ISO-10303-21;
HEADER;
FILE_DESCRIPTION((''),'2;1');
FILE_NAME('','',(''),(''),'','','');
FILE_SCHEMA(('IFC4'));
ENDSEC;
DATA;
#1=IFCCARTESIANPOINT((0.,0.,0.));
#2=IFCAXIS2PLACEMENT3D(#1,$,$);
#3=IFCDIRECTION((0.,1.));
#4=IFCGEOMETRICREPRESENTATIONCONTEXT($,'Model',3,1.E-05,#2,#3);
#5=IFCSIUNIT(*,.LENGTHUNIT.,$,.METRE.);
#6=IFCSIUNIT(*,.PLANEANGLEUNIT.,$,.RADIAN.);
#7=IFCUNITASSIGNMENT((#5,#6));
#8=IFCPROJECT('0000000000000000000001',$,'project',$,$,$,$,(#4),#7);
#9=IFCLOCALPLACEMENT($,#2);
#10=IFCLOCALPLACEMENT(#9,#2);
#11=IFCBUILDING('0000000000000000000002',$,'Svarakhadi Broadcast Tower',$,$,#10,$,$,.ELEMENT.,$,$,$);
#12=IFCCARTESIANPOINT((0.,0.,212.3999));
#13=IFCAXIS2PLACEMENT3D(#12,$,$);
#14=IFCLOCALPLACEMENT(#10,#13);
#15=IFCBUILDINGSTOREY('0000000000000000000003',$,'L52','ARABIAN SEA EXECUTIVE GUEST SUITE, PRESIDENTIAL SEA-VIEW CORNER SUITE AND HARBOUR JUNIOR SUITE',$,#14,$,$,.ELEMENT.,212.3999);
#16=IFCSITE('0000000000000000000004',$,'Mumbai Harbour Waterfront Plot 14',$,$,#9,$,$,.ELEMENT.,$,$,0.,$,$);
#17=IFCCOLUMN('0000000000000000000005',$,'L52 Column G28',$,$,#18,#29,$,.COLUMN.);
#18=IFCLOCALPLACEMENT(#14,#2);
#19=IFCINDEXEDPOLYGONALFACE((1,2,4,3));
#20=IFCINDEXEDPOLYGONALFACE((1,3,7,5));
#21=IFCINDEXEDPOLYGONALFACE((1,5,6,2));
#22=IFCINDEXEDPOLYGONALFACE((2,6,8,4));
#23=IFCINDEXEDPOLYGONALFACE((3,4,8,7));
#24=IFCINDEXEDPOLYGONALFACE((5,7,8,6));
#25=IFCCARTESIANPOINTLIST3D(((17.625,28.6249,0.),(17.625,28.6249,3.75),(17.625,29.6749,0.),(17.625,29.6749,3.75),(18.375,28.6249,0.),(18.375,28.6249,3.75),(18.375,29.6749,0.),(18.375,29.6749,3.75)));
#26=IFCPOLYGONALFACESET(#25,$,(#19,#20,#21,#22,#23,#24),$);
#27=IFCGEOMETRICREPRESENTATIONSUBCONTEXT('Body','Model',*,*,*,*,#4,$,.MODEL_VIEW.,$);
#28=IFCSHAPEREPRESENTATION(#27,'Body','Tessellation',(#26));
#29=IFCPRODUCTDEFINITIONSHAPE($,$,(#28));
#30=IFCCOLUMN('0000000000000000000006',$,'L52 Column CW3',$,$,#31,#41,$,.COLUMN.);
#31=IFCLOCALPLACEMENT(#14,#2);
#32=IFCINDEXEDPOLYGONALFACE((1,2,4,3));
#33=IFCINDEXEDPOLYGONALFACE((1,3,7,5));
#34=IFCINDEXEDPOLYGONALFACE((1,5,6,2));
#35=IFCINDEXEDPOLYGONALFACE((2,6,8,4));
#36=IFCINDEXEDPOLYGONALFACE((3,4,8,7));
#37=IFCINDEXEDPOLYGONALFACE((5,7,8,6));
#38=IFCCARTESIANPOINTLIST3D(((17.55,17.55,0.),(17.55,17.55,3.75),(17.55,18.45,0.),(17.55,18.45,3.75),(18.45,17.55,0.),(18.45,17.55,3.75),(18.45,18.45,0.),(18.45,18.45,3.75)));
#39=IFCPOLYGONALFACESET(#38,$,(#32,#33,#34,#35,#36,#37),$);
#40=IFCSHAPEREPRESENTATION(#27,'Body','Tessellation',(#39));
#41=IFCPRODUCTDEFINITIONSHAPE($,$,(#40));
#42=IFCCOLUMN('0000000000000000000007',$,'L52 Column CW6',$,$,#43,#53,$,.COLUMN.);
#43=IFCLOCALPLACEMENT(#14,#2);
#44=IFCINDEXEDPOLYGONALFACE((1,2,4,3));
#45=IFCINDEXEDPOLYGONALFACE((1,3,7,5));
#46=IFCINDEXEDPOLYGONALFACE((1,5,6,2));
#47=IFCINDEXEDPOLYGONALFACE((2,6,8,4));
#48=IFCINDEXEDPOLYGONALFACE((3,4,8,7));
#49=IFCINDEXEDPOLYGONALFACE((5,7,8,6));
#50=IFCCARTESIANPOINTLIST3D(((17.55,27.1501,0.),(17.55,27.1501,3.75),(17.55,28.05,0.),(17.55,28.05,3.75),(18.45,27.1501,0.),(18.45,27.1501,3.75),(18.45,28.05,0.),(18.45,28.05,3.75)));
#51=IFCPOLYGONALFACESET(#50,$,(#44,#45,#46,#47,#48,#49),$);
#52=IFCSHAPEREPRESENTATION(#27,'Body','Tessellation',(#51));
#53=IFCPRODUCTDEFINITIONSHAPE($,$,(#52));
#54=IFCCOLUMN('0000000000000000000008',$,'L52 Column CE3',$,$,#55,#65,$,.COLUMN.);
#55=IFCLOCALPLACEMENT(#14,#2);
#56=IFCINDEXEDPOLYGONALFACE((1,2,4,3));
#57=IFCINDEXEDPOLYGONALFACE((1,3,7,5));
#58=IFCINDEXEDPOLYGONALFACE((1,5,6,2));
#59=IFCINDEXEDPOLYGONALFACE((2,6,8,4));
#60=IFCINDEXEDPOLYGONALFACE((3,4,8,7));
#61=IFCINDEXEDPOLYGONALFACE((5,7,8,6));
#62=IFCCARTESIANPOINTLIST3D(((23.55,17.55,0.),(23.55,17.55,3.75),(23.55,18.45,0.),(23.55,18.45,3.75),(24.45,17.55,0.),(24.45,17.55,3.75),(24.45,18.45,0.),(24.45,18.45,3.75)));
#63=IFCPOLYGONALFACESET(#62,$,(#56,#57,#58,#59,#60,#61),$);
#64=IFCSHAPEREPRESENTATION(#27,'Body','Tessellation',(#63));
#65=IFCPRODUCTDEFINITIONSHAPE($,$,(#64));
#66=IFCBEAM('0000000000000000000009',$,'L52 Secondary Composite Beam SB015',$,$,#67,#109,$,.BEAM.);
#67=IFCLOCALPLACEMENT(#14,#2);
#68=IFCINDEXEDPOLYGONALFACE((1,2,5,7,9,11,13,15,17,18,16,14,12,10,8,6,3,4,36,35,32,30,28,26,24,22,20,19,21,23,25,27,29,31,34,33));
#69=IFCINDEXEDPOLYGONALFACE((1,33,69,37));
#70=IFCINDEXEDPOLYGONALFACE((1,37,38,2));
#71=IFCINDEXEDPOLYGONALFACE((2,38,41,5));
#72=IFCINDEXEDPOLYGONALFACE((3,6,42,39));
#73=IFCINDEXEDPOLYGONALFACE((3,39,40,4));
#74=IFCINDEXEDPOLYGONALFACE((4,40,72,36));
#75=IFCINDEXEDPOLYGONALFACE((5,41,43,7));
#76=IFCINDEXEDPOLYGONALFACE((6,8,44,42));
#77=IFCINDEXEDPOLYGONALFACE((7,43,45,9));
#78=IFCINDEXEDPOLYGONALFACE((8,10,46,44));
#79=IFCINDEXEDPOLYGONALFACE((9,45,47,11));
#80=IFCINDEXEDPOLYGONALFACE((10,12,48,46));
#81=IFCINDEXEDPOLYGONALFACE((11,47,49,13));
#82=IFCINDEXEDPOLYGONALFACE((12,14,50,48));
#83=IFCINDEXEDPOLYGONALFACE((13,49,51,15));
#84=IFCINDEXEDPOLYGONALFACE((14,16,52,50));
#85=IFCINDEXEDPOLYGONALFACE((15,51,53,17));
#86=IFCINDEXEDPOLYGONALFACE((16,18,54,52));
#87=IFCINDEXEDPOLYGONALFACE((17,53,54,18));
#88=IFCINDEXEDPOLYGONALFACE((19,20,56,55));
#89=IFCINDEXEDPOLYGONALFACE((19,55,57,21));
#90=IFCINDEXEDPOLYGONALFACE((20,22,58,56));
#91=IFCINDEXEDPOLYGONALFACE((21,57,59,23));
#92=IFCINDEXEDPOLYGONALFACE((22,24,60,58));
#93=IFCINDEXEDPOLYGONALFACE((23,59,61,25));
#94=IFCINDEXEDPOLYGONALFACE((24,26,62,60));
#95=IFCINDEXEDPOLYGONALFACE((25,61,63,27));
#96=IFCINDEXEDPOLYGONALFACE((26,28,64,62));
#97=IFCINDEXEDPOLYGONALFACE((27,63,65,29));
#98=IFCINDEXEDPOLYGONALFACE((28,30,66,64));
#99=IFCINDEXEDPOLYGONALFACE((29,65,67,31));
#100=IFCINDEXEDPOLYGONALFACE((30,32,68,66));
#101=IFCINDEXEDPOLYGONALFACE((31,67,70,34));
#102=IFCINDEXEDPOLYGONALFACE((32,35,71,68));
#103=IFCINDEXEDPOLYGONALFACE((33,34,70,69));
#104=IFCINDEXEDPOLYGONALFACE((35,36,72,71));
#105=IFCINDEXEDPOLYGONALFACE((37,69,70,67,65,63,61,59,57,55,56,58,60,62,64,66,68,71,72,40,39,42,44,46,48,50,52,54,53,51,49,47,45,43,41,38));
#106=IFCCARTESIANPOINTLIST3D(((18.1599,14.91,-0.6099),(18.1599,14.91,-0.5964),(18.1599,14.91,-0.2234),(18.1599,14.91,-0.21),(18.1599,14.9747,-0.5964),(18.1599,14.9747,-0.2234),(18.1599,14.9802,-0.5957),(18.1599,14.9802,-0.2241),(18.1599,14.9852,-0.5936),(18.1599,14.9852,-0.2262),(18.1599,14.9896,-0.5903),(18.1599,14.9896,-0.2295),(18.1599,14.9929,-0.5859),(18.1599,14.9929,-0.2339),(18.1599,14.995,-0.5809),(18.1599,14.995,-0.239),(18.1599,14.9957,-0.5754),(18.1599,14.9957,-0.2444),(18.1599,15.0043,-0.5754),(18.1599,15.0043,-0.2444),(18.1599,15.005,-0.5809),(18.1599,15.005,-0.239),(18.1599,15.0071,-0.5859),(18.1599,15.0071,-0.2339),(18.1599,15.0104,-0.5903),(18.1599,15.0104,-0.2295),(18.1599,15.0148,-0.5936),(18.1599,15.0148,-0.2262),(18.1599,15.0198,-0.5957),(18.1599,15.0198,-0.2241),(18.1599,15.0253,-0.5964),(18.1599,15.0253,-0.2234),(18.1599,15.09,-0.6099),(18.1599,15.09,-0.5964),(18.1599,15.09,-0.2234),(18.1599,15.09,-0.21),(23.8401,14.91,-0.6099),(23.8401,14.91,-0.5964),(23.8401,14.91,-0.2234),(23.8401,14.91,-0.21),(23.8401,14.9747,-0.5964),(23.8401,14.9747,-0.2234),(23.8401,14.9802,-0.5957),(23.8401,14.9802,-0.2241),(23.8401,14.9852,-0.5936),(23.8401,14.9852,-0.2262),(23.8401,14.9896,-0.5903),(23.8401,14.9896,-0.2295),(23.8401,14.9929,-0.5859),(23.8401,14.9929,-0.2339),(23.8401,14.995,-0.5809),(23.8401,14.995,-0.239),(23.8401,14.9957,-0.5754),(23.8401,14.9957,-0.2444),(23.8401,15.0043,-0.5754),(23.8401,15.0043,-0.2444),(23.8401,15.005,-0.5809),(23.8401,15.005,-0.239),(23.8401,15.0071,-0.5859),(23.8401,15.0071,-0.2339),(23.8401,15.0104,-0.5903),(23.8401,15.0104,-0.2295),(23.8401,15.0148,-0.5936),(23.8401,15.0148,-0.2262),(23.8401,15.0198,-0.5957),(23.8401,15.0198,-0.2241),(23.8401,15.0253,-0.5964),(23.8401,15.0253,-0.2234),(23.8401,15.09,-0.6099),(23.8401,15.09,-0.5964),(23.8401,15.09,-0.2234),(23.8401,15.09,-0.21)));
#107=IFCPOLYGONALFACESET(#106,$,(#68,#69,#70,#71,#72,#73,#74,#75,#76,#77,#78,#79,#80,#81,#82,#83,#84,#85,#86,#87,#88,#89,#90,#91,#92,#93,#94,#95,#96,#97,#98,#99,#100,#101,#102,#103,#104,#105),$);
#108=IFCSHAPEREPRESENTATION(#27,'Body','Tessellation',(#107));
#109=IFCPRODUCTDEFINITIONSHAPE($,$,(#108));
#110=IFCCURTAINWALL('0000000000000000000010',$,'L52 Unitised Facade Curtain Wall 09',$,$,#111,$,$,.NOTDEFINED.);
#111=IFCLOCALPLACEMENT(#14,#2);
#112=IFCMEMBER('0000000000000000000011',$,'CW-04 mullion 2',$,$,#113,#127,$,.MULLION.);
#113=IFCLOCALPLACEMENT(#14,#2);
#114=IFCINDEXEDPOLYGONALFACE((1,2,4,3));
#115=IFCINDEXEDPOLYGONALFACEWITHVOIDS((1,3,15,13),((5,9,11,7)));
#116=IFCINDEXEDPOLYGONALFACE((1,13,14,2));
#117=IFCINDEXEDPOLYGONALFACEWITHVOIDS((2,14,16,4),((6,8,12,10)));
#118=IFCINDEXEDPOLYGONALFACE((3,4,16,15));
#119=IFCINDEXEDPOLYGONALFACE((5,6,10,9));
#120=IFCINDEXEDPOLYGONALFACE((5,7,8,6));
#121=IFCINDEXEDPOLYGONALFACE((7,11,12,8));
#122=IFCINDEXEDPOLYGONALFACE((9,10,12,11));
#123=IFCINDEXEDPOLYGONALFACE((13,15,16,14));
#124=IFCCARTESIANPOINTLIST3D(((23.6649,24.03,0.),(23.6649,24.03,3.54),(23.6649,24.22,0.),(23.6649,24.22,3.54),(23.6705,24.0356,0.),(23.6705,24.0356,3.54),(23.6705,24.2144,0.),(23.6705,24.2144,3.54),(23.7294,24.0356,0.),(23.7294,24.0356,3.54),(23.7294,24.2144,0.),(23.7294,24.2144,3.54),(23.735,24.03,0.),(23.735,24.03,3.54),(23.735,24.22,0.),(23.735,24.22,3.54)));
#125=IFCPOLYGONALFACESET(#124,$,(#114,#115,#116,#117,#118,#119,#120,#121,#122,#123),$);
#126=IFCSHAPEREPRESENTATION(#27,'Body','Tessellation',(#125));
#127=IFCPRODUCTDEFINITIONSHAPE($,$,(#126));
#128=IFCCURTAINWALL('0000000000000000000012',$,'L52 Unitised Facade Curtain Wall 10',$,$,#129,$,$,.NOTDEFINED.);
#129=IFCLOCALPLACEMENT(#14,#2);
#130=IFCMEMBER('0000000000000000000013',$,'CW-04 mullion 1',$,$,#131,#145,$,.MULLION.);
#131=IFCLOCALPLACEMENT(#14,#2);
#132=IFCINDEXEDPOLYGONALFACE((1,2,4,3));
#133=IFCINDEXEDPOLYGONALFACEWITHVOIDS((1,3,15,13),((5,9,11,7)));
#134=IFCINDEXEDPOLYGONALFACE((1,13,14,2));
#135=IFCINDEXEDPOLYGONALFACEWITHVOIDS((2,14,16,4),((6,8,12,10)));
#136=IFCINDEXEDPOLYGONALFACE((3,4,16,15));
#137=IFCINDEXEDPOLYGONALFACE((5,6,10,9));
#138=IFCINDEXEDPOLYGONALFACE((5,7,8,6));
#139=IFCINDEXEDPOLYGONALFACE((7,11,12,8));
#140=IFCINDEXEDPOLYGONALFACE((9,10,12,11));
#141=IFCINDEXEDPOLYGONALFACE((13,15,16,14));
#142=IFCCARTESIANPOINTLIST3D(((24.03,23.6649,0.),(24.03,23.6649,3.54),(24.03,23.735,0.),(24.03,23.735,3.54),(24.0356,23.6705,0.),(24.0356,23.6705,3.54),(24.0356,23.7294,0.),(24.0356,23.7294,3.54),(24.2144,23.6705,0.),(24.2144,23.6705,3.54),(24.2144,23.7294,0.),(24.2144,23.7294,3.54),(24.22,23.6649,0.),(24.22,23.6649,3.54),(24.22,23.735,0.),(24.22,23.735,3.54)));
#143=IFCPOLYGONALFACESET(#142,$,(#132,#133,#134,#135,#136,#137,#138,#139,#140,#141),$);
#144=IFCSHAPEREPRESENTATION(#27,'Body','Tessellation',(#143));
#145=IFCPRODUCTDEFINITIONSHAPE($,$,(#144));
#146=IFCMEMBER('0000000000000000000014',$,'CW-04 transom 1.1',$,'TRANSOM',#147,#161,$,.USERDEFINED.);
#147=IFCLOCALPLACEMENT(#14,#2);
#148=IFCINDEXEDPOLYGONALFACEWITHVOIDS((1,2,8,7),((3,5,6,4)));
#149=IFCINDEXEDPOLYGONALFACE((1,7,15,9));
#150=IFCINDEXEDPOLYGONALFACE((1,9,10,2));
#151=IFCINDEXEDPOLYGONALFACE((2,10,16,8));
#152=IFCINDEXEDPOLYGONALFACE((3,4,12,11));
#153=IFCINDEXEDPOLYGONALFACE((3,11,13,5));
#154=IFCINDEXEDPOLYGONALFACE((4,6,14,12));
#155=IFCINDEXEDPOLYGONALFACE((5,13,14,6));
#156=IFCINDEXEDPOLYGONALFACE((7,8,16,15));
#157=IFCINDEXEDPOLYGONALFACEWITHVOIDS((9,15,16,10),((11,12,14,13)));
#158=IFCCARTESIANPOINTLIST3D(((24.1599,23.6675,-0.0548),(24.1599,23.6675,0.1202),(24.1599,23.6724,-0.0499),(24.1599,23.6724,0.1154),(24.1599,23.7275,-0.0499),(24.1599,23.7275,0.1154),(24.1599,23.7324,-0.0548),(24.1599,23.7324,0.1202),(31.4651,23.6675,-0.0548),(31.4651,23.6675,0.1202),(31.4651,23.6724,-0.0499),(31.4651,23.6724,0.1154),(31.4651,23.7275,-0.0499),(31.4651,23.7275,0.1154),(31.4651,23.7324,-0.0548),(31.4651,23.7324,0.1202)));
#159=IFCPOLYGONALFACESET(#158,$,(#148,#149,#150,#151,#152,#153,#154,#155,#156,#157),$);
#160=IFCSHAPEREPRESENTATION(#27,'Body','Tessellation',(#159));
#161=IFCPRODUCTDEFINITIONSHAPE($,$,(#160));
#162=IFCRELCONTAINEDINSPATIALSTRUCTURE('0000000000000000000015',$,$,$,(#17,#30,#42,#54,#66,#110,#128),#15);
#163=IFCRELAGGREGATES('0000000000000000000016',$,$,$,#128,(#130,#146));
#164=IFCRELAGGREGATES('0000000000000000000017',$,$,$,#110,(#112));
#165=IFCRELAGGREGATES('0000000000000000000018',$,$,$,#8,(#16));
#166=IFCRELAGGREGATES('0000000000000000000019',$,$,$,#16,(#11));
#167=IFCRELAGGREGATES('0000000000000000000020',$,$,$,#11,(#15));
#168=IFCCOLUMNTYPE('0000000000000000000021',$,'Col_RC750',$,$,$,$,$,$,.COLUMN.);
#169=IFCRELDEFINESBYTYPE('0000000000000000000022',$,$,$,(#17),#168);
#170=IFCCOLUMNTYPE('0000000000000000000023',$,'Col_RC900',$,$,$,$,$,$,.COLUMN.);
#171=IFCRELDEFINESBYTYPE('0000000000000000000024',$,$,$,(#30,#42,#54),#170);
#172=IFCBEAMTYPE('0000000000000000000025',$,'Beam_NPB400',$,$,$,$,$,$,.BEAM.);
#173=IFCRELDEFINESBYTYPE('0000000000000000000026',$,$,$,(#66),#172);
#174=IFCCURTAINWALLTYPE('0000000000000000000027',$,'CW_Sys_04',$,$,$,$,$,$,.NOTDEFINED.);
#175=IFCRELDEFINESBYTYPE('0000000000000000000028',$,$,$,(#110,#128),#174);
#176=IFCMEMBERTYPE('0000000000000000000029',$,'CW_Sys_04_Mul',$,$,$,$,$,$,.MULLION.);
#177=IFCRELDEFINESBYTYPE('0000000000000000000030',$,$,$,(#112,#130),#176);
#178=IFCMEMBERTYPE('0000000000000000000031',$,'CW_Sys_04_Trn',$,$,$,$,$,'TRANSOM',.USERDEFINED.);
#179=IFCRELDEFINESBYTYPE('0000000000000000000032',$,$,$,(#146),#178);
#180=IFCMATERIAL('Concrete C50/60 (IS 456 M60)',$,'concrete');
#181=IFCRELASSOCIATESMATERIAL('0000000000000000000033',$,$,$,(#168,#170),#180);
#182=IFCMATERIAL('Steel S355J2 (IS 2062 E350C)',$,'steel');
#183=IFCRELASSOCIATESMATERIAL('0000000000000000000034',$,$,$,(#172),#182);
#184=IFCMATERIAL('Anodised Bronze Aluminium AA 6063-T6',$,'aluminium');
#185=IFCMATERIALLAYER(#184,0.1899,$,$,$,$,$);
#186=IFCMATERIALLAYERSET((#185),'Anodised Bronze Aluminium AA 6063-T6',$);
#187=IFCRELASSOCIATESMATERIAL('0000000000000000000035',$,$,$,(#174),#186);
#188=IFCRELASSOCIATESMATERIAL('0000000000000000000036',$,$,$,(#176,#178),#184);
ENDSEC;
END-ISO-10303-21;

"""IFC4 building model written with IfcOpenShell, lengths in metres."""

from ifc_helpers import new_model, si_unit, direction, frame, origin, origin_2d, place, context, subcontext, project, spatial, rectangle, hollow_rectangle, i_section, extrude, material, layer, layer_set, material_profile, profile_set, type_object, element, aggregate, save


model = new_model("IFC4")

# Units and contexts
model_context = context("Model", 3, precision=1e-05, world=origin(), true_north=direction((0.0, 1.0)))
body_context = subcontext(model_context, "Body", "Model", "MODEL_VIEW")
ifc_project = project(units=[si_unit("LENGTHUNIT", "METRE"), si_unit("PLANEANGLEUNIT", "RADIAN")], contexts=[model_context])

# Site, building, storey
site_placement = place(None, origin())
site = spatial("IfcSite", under=ifc_project, at=site_placement, Name="Mumbai Harbour Waterfront Plot 14", CompositionType="ELEMENT", RefElevation=0.0)
building_placement = place(site_placement, origin())
building = spatial("IfcBuilding", under=site, at=building_placement, Name="Svarakhadi Broadcast Tower", CompositionType="ELEMENT")
storey_placement = place(building_placement, frame((0.0, 0.0, 212.3999)))
storey = spatial("IfcBuildingStorey", under=building, at=storey_placement, Name="L52", Description="ARABIAN SEA EXECUTIVE GUEST SUITE, PRESIDENTIAL SEA-VIEW CORNER SUITE AND HARBOUR JUNIOR SUITE", CompositionType="ELEMENT", Elevation=212.3999)

# Columns
ifc_material_1 = material(Name="Concrete C50/60 (IS 456 M60)", Category="concrete")
ifc_material_profile_1 = material_profile(ifc_material_1, rectangle(XDim=0.75, YDim=1.05, at=origin_2d()), Name="RC 750x1050")
ifc_profile_set_1 = profile_set([ifc_material_profile_1], Name="Concrete C50/60 (IS 456 M60)")
column_type_1 = type_object("IfcColumnType", Name="Col_RC750", PredefinedType="COLUMN", material=ifc_profile_set_1)
column_placement = place(storey_placement, frame((18.0, 29.1499, 0.0), z_axis=(0.0, 0.0, 1.0), x_axis=(1.0, 0.0, 0.0)))
element("IfcColumn", 1, at=column_placement, inside=storey, type_object=column_type_1, Name="L52 Column G28", PredefinedType="COLUMN", context=body_context, shape_type="SweptSolid", body=[
    extrude(rectangle(XDim=0.75, YDim=1.05, at=origin_2d()), origin(), (0.0, 0.0, 1.0), 3.75),
])
ifc_material_profile_2 = material_profile(ifc_material_1, rectangle(XDim=0.8999, YDim=0.8999, at=origin_2d()), Name="RC 900x900")
ifc_profile_set_2 = profile_set([ifc_material_profile_2], Name="Concrete C50/60 (IS 456 M60)")
column_type_2 = type_object("IfcColumnType", Name="Col_RC900", PredefinedType="COLUMN", material=ifc_profile_set_2)
for number, where, z_axis, x_axis, name in (
    (2, (18.0, 18.0, 0.0), (0.0, 0.0, 1.0), (1.0, 0.0, 0.0), "L52 Column CW3"),
    (3, (18.0, 27.6001, 0.0), (0.0, 0.0, 1.0), (1.0, 0.0, 0.0), "L52 Column CW6"),
    (4, (24.0, 18.0, 0.0), (0.0, 0.0, 1.0), (1.0, 0.0, 0.0), "L52 Column CE3"),
):
    element("IfcColumn", number, at=place(storey_placement, frame(where, z_axis=z_axis, x_axis=x_axis)), inside=storey, type_object=column_type_2, Name=name, PredefinedType="COLUMN", context=body_context, shape_type="SweptSolid", body=[
        extrude(rectangle(XDim=0.8999, YDim=0.8999, at=origin_2d()), origin(), (0.0, 0.0, 1.0), 3.75),
    ])

# Beam
ifc_material_2 = material(Name="Steel S355J2 (IS 2062 E350C)", Category="steel")
ifc_material_profile_3 = material_profile(ifc_material_2, i_section(OverallWidth=0.1799, OverallDepth=0.3999, WebThickness=0.0085, FlangeThickness=0.0134, FilletRadius=0.021, at=origin_2d()), Name="NPB 400x180x66")
ifc_profile_set_3 = profile_set([ifc_material_profile_3], Name="Steel S355J2 (IS 2062 E350C)")
beam_type_1 = type_object("IfcBeamType", Name="Beam_NPB400", PredefinedType="BEAM", material=ifc_profile_set_3)
beam_placement = place(storey_placement, frame((18.1599, 15.0, -0.4099), z_axis=(1.0, 0.0, 0.0), x_axis=(0.0, 1.0, 0.0)))
element("IfcBeam", 5, at=beam_placement, inside=storey, type_object=beam_type_1, Name="L52 Secondary Composite Beam SB015", PredefinedType="BEAM", context=body_context, shape_type="SweptSolid", body=[
    extrude(i_section(OverallWidth=0.1799, OverallDepth=0.3999, WebThickness=0.0085, FlangeThickness=0.0134, FilletRadius=0.021, at=origin_2d()), origin(), (0.0, 0.0, 1.0), 5.6802),
])

# Curtain wall, member
ifc_material_3 = material(Name="Anodised Bronze Aluminium AA 6063-T6", Category="aluminium")
ifc_layer_1 = layer(ifc_material_3, 0.1899)
ifc_layer_set_1 = layer_set([ifc_layer_1], Name="Anodised Bronze Aluminium AA 6063-T6")
curtain_wall_type = type_object("IfcCurtainWallType", Name="CW_Sys_04", PredefinedType="NOTDEFINED", material=ifc_layer_set_1)
curtain_wall_1_placement = place(storey_placement, origin())
curtain_wall_1 = element("IfcCurtainWall", 6, at=curtain_wall_1_placement, inside=storey, type_object=curtain_wall_type, Name="L52 Unitised Facade Curtain Wall 09", PredefinedType="NOTDEFINED")
ifc_material_profile_4 = material_profile(ifc_material_3, hollow_rectangle(XDim=0.0701, YDim=0.1899, WallThickness=0.0056, at=origin_2d()), Name="ALU MULLION 190x70x6")
ifc_profile_set_4 = profile_set([ifc_material_profile_4], Name="Anodised Bronze Aluminium AA 6063-T6")
member_type_1 = type_object("IfcMemberType", Name="CW_Sys_04_Mul", PredefinedType="MULLION", material=ifc_profile_set_4)
member_1_placement = place(storey_placement, frame((23.7, 24.125, 0.0), z_axis=(0.0, 0.0, 1.0), x_axis=(1.0, 0.0, 0.0)))
member_1 = element("IfcMember", 7, at=member_1_placement, type_object=member_type_1, Name="CW-04 mullion 2", PredefinedType="MULLION", context=body_context, shape_type="SweptSolid", body=[
    extrude(hollow_rectangle(XDim=0.0701, YDim=0.1899, WallThickness=0.0056, at=origin_2d()), origin(), (0.0, 0.0, 1.0), 3.54),
])

# Curtain wall, members
curtain_wall_2_placement = place(storey_placement, origin())
curtain_wall_2 = element("IfcCurtainWall", 8, at=curtain_wall_2_placement, inside=storey, type_object=curtain_wall_type, Name="L52 Unitised Facade Curtain Wall 10", PredefinedType="NOTDEFINED")
member_2_placement = place(storey_placement, frame((24.125, 23.7, 0.0), z_axis=(0.0, 0.0, 1.0), x_axis=(0.0, 1.0, 0.0)))
member_2 = element("IfcMember", 9, at=member_2_placement, type_object=member_type_1, Name="CW-04 mullion 1", PredefinedType="MULLION", context=body_context, shape_type="SweptSolid", body=[
    extrude(hollow_rectangle(XDim=0.0701, YDim=0.1899, WallThickness=0.0056, at=origin_2d()), origin(), (0.0, 0.0, 1.0), 3.54),
])
ifc_material_profile_5 = material_profile(ifc_material_3, hollow_rectangle(XDim=0.0649, YDim=0.175, WallThickness=0.0049, at=origin_2d()), Name="ALU TRANSOM 175x65x5")
ifc_profile_set_5 = profile_set([ifc_material_profile_5], Name="Anodised Bronze Aluminium AA 6063-T6")
member_type_2 = type_object("IfcMemberType", Name="CW_Sys_04_Trn", ElementType="TRANSOM", PredefinedType="USERDEFINED", material=ifc_profile_set_5)
member_3_placement = place(storey_placement, frame((24.1599, 23.7, 0.0327), z_axis=(1.0, 0.0, 0.0), x_axis=(0.0, 1.0, 0.0)))
member_3 = element("IfcMember", 10, at=member_3_placement, type_object=member_type_2, Name="CW-04 transom 1.1", ObjectType="TRANSOM", PredefinedType="USERDEFINED", context=body_context, shape_type="SweptSolid", body=[
    extrude(hollow_rectangle(XDim=0.0649, YDim=0.175, WallThickness=0.0049, at=origin_2d()), origin(), (0.0, 0.0, 1.0), 7.3052),
])
aggregate(curtain_wall_2, [member_2, member_3])

aggregate(curtain_wall_1, [member_1])

save(model, "model.ifc")
